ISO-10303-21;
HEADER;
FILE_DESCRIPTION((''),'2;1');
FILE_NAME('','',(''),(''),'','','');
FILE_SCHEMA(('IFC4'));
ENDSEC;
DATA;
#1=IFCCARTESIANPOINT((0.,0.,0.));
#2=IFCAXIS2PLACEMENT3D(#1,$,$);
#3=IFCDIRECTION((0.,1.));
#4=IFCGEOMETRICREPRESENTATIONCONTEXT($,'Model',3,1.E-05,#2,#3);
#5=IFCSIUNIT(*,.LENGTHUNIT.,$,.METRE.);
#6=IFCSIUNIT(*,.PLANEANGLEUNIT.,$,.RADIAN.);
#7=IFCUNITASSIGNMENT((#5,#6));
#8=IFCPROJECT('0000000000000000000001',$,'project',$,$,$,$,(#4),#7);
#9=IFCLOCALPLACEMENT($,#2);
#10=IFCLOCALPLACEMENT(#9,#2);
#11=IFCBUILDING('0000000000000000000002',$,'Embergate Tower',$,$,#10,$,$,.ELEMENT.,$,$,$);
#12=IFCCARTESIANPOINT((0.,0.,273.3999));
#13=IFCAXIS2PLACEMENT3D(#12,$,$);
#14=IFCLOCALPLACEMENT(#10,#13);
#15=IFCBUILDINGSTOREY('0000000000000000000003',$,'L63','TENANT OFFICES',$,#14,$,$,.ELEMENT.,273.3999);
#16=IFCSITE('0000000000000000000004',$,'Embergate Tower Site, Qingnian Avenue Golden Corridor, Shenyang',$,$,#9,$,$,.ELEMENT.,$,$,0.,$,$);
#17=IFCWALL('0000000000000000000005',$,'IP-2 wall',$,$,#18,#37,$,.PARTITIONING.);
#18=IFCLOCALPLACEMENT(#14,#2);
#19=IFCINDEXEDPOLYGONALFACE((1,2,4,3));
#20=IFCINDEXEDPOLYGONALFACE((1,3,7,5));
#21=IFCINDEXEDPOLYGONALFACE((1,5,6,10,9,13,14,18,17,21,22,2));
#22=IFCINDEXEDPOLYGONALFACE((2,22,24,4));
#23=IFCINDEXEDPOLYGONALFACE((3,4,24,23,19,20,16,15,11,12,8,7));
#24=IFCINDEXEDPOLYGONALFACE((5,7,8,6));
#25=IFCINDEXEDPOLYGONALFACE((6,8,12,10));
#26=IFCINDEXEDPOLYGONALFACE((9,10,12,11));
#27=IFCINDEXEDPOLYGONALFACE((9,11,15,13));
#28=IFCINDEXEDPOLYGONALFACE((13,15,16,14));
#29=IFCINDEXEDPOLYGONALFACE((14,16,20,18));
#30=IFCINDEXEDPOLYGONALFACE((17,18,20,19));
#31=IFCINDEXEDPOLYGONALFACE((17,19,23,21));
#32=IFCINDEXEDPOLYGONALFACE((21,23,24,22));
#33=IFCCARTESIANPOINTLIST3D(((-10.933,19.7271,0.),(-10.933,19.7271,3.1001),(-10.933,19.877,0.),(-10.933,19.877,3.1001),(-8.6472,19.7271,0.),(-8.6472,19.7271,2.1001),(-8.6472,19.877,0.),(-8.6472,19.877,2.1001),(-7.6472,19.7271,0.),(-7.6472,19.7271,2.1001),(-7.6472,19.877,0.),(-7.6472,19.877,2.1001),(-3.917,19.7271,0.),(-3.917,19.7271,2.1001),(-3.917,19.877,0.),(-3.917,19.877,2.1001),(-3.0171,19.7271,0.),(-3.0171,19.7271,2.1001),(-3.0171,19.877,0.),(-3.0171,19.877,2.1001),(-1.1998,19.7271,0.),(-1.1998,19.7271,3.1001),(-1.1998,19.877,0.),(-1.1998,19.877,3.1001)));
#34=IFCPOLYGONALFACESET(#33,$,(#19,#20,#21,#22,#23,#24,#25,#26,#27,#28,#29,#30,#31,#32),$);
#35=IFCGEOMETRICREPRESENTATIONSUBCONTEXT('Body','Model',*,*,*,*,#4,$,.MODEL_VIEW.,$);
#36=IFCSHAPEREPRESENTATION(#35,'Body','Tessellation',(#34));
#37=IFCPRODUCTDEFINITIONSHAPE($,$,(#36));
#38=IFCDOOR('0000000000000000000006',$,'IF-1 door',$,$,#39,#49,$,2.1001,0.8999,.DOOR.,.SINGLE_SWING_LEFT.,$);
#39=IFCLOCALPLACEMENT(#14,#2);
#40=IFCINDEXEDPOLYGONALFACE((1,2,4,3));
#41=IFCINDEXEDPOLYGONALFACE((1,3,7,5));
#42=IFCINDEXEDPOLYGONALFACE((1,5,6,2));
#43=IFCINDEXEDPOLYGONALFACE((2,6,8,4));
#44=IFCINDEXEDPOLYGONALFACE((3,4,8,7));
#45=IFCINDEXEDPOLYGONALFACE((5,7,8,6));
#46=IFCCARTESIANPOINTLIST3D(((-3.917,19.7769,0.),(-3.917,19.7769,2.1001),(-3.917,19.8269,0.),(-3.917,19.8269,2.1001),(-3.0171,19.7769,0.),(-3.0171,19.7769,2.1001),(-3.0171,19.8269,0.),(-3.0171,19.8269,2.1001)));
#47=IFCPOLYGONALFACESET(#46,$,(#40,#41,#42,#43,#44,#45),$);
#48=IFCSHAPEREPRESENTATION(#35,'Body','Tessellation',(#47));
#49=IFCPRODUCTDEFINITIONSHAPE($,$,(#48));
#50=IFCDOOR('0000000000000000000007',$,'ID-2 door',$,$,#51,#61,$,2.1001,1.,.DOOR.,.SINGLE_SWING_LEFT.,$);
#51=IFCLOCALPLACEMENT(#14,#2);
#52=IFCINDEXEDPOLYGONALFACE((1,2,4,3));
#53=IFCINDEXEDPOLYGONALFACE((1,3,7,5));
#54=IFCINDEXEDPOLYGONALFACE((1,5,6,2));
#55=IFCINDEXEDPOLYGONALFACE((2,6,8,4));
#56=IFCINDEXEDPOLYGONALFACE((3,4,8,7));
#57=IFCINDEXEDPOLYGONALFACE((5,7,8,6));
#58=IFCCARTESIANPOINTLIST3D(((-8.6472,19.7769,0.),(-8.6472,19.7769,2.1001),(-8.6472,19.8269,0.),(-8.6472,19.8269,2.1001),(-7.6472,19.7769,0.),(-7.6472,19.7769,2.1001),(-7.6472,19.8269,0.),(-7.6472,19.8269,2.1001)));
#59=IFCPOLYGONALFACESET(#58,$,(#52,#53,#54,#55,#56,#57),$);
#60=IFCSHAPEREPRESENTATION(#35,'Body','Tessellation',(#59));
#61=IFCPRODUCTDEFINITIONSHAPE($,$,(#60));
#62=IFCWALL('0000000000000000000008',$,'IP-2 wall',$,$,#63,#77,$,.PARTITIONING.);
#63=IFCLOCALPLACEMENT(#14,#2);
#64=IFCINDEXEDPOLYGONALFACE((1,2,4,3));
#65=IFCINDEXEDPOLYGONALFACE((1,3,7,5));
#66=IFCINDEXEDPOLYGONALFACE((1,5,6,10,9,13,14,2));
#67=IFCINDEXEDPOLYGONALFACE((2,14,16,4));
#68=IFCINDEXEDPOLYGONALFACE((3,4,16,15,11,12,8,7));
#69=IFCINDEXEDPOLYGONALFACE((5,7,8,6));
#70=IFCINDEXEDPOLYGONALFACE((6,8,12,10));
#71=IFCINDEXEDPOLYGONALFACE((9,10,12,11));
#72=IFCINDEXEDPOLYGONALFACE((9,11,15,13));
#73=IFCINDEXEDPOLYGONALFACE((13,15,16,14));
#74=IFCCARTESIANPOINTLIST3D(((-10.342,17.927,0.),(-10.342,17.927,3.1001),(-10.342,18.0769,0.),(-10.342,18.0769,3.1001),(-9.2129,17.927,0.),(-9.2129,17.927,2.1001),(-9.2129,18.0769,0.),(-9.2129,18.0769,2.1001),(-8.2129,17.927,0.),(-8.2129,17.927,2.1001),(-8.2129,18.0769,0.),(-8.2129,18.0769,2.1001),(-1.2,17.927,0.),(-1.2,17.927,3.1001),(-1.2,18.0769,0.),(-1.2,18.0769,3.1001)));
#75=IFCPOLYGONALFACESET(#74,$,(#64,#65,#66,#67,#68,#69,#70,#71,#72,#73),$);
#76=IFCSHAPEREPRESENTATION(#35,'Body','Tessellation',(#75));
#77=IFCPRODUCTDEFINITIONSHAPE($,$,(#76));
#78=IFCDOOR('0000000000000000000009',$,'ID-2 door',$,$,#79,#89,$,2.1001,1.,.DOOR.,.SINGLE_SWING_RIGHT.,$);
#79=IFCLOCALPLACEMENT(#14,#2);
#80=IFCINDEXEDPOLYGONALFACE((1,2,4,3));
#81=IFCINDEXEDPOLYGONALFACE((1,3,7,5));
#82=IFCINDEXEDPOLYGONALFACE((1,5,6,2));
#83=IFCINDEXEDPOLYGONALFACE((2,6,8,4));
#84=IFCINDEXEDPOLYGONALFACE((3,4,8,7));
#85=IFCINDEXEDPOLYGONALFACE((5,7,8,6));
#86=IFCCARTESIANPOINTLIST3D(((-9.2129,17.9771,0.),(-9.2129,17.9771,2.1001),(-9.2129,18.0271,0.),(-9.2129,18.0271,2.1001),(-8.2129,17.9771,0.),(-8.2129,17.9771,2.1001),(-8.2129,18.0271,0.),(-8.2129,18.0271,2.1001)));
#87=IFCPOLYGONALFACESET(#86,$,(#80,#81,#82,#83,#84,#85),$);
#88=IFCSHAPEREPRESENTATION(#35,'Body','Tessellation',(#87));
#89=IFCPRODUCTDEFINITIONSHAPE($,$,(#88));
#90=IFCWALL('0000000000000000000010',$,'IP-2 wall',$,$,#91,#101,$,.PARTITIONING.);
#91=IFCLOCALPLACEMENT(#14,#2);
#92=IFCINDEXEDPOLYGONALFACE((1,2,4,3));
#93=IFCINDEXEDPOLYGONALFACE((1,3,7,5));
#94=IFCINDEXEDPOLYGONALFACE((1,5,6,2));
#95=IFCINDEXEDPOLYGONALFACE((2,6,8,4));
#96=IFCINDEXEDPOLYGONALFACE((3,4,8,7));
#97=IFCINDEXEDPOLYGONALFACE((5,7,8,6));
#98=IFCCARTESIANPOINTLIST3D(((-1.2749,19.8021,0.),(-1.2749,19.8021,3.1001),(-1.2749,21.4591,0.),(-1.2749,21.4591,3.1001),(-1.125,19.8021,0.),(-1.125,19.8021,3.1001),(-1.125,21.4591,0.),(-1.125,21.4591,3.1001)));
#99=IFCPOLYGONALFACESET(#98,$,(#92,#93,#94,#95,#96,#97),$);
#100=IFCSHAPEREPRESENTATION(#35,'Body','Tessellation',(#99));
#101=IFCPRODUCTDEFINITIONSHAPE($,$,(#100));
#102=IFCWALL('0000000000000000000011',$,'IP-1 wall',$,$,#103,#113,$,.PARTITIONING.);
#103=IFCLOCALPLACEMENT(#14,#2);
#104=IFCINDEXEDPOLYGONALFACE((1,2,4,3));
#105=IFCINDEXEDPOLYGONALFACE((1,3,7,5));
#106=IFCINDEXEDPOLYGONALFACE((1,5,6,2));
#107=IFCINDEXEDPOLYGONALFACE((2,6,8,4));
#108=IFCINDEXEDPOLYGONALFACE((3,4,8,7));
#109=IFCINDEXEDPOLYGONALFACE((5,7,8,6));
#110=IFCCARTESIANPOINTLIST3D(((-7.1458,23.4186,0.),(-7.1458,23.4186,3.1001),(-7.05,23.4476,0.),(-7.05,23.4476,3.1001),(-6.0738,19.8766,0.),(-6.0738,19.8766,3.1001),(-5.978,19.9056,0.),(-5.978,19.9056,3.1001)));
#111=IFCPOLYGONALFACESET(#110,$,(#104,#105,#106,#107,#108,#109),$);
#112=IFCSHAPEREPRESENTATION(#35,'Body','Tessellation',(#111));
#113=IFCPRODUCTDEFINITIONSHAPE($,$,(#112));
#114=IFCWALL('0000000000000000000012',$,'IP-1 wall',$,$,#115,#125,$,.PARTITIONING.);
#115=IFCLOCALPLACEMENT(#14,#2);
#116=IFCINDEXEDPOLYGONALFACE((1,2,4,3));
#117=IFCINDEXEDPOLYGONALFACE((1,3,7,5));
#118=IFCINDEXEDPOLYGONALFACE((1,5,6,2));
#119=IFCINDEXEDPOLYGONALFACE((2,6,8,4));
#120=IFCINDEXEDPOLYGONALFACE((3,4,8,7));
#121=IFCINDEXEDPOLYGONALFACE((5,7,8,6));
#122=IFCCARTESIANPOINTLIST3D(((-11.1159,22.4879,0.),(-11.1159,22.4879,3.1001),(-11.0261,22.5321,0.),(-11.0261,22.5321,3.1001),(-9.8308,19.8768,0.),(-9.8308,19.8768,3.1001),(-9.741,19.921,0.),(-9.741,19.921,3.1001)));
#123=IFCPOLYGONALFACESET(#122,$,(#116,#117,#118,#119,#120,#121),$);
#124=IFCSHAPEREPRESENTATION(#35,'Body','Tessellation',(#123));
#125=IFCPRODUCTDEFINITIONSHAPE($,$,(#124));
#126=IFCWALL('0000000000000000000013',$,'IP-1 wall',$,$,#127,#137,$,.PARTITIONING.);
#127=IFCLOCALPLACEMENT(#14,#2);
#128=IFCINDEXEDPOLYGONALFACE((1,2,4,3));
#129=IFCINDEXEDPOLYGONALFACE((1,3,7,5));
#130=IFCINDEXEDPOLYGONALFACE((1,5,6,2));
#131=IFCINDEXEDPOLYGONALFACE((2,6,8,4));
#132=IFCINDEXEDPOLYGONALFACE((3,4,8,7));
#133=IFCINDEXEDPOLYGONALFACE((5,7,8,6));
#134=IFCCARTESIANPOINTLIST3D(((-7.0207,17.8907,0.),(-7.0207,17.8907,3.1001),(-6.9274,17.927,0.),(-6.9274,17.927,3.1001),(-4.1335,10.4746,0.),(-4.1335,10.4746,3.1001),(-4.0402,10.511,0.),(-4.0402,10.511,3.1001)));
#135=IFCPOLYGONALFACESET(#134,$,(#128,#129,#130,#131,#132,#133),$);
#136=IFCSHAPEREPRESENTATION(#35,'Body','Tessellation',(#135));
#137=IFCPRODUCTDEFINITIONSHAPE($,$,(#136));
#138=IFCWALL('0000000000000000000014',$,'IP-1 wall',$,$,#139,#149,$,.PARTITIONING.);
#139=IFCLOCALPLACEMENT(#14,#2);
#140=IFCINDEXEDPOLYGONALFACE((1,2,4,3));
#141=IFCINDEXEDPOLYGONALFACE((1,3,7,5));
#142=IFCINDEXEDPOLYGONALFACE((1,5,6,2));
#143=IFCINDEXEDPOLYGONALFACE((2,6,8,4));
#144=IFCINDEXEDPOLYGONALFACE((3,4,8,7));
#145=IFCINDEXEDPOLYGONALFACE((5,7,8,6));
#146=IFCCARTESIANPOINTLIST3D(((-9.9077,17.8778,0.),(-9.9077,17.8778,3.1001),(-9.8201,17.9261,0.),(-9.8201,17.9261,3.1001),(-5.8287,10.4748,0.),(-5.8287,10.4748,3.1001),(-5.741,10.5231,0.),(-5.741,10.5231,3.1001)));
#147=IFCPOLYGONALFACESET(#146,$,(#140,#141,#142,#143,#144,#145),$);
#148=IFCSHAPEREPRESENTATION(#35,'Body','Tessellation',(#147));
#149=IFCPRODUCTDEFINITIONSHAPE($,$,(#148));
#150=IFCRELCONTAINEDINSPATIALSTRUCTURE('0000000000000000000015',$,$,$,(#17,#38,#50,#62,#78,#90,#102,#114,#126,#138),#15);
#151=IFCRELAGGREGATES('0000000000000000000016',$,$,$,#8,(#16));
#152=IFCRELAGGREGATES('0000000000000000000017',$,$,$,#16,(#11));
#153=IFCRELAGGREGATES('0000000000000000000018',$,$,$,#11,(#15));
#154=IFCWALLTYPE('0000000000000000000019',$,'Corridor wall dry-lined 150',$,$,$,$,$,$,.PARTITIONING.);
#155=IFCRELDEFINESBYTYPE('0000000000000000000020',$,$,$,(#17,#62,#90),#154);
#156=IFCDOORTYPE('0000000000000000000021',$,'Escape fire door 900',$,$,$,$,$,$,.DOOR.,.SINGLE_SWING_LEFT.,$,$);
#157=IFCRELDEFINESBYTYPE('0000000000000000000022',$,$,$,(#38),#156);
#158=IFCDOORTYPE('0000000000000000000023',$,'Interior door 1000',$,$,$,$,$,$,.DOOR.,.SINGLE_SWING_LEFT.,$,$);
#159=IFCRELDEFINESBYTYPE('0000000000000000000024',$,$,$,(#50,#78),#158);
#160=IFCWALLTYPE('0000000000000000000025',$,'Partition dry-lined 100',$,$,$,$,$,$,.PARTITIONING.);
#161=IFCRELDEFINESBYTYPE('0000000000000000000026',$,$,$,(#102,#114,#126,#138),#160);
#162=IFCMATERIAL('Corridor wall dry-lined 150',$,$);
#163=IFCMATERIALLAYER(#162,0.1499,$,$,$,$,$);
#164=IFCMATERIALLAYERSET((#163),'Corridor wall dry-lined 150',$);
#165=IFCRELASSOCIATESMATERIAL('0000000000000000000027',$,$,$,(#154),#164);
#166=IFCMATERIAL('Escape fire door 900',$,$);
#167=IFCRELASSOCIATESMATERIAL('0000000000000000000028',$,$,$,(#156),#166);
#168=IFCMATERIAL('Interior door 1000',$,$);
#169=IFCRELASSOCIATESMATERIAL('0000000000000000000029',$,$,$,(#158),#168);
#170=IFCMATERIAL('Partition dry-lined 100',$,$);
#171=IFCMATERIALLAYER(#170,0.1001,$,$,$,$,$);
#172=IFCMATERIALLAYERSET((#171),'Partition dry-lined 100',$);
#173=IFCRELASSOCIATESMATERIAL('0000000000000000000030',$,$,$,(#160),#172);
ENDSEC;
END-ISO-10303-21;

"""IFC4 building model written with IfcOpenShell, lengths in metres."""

from ifc_helpers import new_model, si_unit, direction, frame, frame_2d, origin, place, context, subcontext, project, spatial, rectangle, extrude, source, transform, mapped, material, layer, layer_set, type_object, element, fill, save


model = new_model("IFC4")

# Units and contexts
model_context = context("Model", 3, precision=1e-05, world=origin(), true_north=direction((0.0, 1.0)))
body_context = subcontext(model_context, "Body", "Model", "MODEL_VIEW")
ifc_project = project(units=[si_unit("LENGTHUNIT", "METRE"), si_unit("PLANEANGLEUNIT", "RADIAN")], contexts=[model_context])

# Site, building, storey
site_placement = place(None, origin())
site = spatial("IfcSite", under=ifc_project, at=site_placement, Name="Embergate Tower Site, Qingnian Avenue Golden Corridor, Shenyang", CompositionType="ELEMENT", RefElevation=0.0)
building_placement = place(site_placement, origin())
building = spatial("IfcBuilding", under=site, at=building_placement, Name="Embergate Tower", CompositionType="ELEMENT")
storey_placement = place(building_placement, frame((0.0, 0.0, 273.3999)))
storey = spatial("IfcBuildingStorey", under=building, at=storey_placement, Name="L63", Description="TENANT OFFICES", CompositionType="ELEMENT", Elevation=273.3999)

# Shared definitions
ifc_material_1 = material(Name="Corridor wall dry-lined 150")
ifc_layer_1 = layer(ifc_material_1, 0.1499)
ifc_layer_set_1 = layer_set([ifc_layer_1], Name="Corridor wall dry-lined 150")
wall_type_1 = type_object("IfcWallType", Name="Corridor wall dry-lined 150", PredefinedType="PARTITIONING", material=ifc_layer_set_1)

# Wall, openings, doors
shared_shape_1 = source(origin(), body_context, "Body", "SweptSolid", [
    extrude(rectangle(XDim=0.8999, YDim=2.1001, at=frame_2d((0.45, 1.05))), frame((0.0, 0.085, 0.0), z_axis=(0.0, -1.0, 0.0), x_axis=(1.0, 0.0, 0.0)), (0.0, 0.0, 1.0), 0.1699),
])
shared_shape_2 = source(origin(), body_context, "Body", "SweptSolid", [
    extrude(rectangle(XDim=1.0, YDim=2.1001, at=frame_2d((0.5, 1.05))), frame((0.0, 0.085, 0.0), z_axis=(0.0, -1.0, 0.0), x_axis=(1.0, 0.0, 0.0)), (0.0, 0.0, 1.0), 0.1699),
])
ifc_material_2 = material(Name="Escape fire door 900")
door_type_1 = type_object("IfcDoorType", Name="Escape fire door 900", OperationType="SINGLE_SWING_LEFT", PredefinedType="DOOR", material=ifc_material_2)
shared_shape_3 = source(origin(), body_context, "Body", "SweptSolid", [
    extrude(rectangle(XDim=0.8999, YDim=2.1001, at=frame_2d((0.45, 1.05))), frame((0.0, 0.0249, 0.0), z_axis=(0.0, -1.0, 0.0), x_axis=(1.0, 0.0, 0.0)), (0.0, 0.0, 1.0), 0.05),
])
ifc_material_3 = material(Name="Interior door 1000")
door_type_2 = type_object("IfcDoorType", Name="Interior door 1000", OperationType="SINGLE_SWING_LEFT", PredefinedType="DOOR", material=ifc_material_3)
shared_shape_4 = source(origin(), body_context, "Body", "SweptSolid", [
    extrude(rectangle(XDim=1.0, YDim=2.1001, at=frame_2d((0.5, 1.05))), frame((0.0, 0.0249, 0.0), z_axis=(0.0, -1.0, 0.0), x_axis=(1.0, 0.0, 0.0)), (0.0, 0.0, 1.0), 0.05),
])
shared_shape_5 = source(origin(), body_context, "Body", "SweptSolid", [
    extrude(rectangle(XDim=9.7332, YDim=0.1499, at=frame_2d((4.8667, 0.0))), origin(), (0.0, 0.0, 1.0), 3.1001),
])
wall_1_placement = place(storey_placement, frame((-10.9331, 19.802, 0.0), z_axis=(0.0, 0.0, 1.0), x_axis=(1.0, 0.0, 0.0)))
wall_1 = element("IfcWall", 1, at=wall_1_placement, inside=storey, type_object=wall_type_1, Name="IP-2 wall", PredefinedType="PARTITIONING", context=body_context, shape_type="MappedRepresentation", body=[
    mapped(shared_shape_5, transform((0.0, 0.0, 0.0))),
])
opening_1_placement = place(wall_1_placement, frame((7.0161, 0.0, 0.0)))
opening_1 = element("IfcOpeningElement", 2, at=opening_1_placement, cuts=wall_1, PredefinedType="OPENING", context=body_context, shape_type="MappedRepresentation", body=[
    mapped(shared_shape_1, transform((0.0, 0.0, 0.0))),
])
opening_2_placement = place(wall_1_placement, frame((2.2859, 0.0, 0.0)))
opening_2 = element("IfcOpeningElement", 3, at=opening_2_placement, cuts=wall_1, PredefinedType="OPENING", context=body_context, shape_type="MappedRepresentation", body=[
    mapped(shared_shape_2, transform((0.0, 0.0, 0.0))),
])
door_1_placement = place(opening_1_placement, origin())
door_1 = element("IfcDoor", 4, at=door_1_placement, inside=storey, type_object=door_type_1, Name="IF-1 door", OperationType="SINGLE_SWING_LEFT", OverallHeight=2.1001, OverallWidth=0.8999, PredefinedType="DOOR", context=body_context, shape_type="MappedRepresentation", body=[
    mapped(shared_shape_3, transform((0.0, 0.0, 0.0))),
])
fill(opening_1, door_1)
door_2_placement = place(opening_2_placement, origin())
door_2 = element("IfcDoor", 5, at=door_2_placement, inside=storey, type_object=door_type_2, Name="ID-2 door", OperationType="SINGLE_SWING_LEFT", OverallHeight=2.1001, OverallWidth=1.0, PredefinedType="DOOR", context=body_context, shape_type="MappedRepresentation", body=[
    mapped(shared_shape_4, transform((0.0, 0.0, 0.0))),
])
fill(opening_2, door_2)

# Wall, opening, door
shared_shape_6 = source(origin(), body_context, "Body", "SweptSolid", [
    extrude(rectangle(XDim=9.1421, YDim=0.1499, at=frame_2d((4.571, 0.0))), origin(), (0.0, 0.0, 1.0), 3.1001),
])
wall_2_placement = place(storey_placement, frame((-1.2, 18.002, 0.0), z_axis=(0.0, 0.0, 1.0), x_axis=(-1.0, 0.0, 0.0)))
wall_2 = element("IfcWall", 6, at=wall_2_placement, inside=storey, type_object=wall_type_1, Name="IP-2 wall", PredefinedType="PARTITIONING", context=body_context, shape_type="MappedRepresentation", body=[
    mapped(shared_shape_6, transform((0.0, 0.0, 0.0))),
])
opening_3_placement = place(wall_2_placement, frame((7.0129, 0.0, 0.0)))
opening_3 = element("IfcOpeningElement", 7, at=opening_3_placement, cuts=wall_2, PredefinedType="OPENING", context=body_context, shape_type="MappedRepresentation", body=[
    mapped(shared_shape_2, transform((0.0, 0.0, 0.0))),
])
door_3_placement = place(opening_3_placement, origin())
door_3 = element("IfcDoor", 8, at=door_3_placement, inside=storey, type_object=door_type_2, Name="ID-2 door", OperationType="SINGLE_SWING_RIGHT", OverallHeight=2.1001, OverallWidth=1.0, PredefinedType="DOOR", context=body_context, shape_type="MappedRepresentation", body=[
    mapped(shared_shape_4, transform((0.0, 0.0, 0.0))),
])
fill(opening_3, door_3)

# Walls
shared_shape_7 = source(origin(), body_context, "Body", "SweptSolid", [
    extrude(rectangle(XDim=1.657, YDim=0.1499, at=frame_2d((0.8286, 0.0))), origin(), (0.0, 0.0, 1.0), 3.1001),
])
wall_3_placement = place(storey_placement, frame((-1.2, 19.802, 0.0), z_axis=(0.0, 0.0, 1.0), x_axis=(0.0, 1.0, 0.0)))
element("IfcWall", 9, at=wall_3_placement, inside=storey, type_object=wall_type_1, Name="IP-2 wall", PredefinedType="PARTITIONING", context=body_context, shape_type="MappedRepresentation", body=[
    mapped(shared_shape_7, transform((0.0, 0.0, 0.0))),
])
ifc_material_4 = material(Name="Partition dry-lined 100")
ifc_layer_2 = layer(ifc_material_4, 0.1001)
ifc_layer_set_2 = layer_set([ifc_layer_2], Name="Partition dry-lined 100")
wall_type_2 = type_object("IfcWallType", Name="Partition dry-lined 100", PredefinedType="PARTITIONING", material=ifc_layer_set_2)
shared_shape_8 = source(origin(), body_context, "Body", "SweptSolid", [
    extrude(rectangle(XDim=3.7007, YDim=0.1001, at=frame_2d((1.8503, 0.0))), origin(), (0.0, 0.0, 1.0), 3.1001),
])
wall_4_placement = place(storey_placement, frame((-6.0259, 19.8911, 0.0), z_axis=(0.0, 0.0, 1.0), x_axis=(-0.289683, 0.957123, 0.0)))
element("IfcWall", 10, at=wall_4_placement, inside=storey, type_object=wall_type_2, Name="IP-1 wall", PredefinedType="PARTITIONING", context=body_context, shape_type="MappedRepresentation", body=[
    mapped(shared_shape_8, transform((0.0, 0.0, 0.0))),
])
shared_shape_9 = source(origin(), body_context, "Body", "SweptSolid", [
    extrude(rectangle(XDim=2.9102, YDim=0.1001, at=frame_2d((1.4551, 0.0))), origin(), (0.0, 0.0, 1.0), 3.1001),
])
wall_5_placement = place(storey_placement, frame((-9.7859, 19.8989, 0.0), z_axis=(0.0, 0.0, 1.0), x_axis=(-0.441601, 0.897212, 0.0)))
element("IfcWall", 11, at=wall_5_placement, inside=storey, type_object=wall_type_2, Name="IP-1 wall", PredefinedType="PARTITIONING", context=body_context, shape_type="MappedRepresentation", body=[
    mapped(shared_shape_9, transform((0.0, 0.0, 0.0))),
])
shared_shape_10 = source(origin(), body_context, "Body", "SweptSolid", [
    extrude(rectangle(XDim=7.9583, YDim=0.1001, at=frame_2d((3.979, 0.0))), origin(), (0.0, 0.0, 1.0), 3.1001),
])
wall_6_placement = place(storey_placement, frame((-4.0869, 10.4929, 0.0), z_axis=(0.0, 0.0, 1.0), x_axis=(-0.362796, 0.931869, 0.0)))
element("IfcWall", 12, at=wall_6_placement, inside=storey, type_object=wall_type_2, Name="IP-1 wall", PredefinedType="PARTITIONING", context=body_context, shape_type="MappedRepresentation", body=[
    mapped(shared_shape_10, transform((0.0, 0.0, 0.0))),
])
shared_shape_11 = source(origin(), body_context, "Body", "SweptSolid", [
    extrude(rectangle(XDim=8.4524, YDim=0.1001, at=frame_2d((4.2261, 0.0))), origin(), (0.0, 0.0, 1.0), 3.1001),
])
wall_7_placement = place(storey_placement, frame((-5.7849, 10.499, 0.0), z_axis=(0.0, 0.0, 1.0), x_axis=(-0.482592, 0.875845, 0.0)))
element("IfcWall", 13, at=wall_7_placement, inside=storey, type_object=wall_type_2, Name="IP-1 wall", PredefinedType="PARTITIONING", context=body_context, shape_type="MappedRepresentation", body=[
    mapped(shared_shape_11, transform((0.0, 0.0, 0.0))),
])

save(model, "model.ifc")
